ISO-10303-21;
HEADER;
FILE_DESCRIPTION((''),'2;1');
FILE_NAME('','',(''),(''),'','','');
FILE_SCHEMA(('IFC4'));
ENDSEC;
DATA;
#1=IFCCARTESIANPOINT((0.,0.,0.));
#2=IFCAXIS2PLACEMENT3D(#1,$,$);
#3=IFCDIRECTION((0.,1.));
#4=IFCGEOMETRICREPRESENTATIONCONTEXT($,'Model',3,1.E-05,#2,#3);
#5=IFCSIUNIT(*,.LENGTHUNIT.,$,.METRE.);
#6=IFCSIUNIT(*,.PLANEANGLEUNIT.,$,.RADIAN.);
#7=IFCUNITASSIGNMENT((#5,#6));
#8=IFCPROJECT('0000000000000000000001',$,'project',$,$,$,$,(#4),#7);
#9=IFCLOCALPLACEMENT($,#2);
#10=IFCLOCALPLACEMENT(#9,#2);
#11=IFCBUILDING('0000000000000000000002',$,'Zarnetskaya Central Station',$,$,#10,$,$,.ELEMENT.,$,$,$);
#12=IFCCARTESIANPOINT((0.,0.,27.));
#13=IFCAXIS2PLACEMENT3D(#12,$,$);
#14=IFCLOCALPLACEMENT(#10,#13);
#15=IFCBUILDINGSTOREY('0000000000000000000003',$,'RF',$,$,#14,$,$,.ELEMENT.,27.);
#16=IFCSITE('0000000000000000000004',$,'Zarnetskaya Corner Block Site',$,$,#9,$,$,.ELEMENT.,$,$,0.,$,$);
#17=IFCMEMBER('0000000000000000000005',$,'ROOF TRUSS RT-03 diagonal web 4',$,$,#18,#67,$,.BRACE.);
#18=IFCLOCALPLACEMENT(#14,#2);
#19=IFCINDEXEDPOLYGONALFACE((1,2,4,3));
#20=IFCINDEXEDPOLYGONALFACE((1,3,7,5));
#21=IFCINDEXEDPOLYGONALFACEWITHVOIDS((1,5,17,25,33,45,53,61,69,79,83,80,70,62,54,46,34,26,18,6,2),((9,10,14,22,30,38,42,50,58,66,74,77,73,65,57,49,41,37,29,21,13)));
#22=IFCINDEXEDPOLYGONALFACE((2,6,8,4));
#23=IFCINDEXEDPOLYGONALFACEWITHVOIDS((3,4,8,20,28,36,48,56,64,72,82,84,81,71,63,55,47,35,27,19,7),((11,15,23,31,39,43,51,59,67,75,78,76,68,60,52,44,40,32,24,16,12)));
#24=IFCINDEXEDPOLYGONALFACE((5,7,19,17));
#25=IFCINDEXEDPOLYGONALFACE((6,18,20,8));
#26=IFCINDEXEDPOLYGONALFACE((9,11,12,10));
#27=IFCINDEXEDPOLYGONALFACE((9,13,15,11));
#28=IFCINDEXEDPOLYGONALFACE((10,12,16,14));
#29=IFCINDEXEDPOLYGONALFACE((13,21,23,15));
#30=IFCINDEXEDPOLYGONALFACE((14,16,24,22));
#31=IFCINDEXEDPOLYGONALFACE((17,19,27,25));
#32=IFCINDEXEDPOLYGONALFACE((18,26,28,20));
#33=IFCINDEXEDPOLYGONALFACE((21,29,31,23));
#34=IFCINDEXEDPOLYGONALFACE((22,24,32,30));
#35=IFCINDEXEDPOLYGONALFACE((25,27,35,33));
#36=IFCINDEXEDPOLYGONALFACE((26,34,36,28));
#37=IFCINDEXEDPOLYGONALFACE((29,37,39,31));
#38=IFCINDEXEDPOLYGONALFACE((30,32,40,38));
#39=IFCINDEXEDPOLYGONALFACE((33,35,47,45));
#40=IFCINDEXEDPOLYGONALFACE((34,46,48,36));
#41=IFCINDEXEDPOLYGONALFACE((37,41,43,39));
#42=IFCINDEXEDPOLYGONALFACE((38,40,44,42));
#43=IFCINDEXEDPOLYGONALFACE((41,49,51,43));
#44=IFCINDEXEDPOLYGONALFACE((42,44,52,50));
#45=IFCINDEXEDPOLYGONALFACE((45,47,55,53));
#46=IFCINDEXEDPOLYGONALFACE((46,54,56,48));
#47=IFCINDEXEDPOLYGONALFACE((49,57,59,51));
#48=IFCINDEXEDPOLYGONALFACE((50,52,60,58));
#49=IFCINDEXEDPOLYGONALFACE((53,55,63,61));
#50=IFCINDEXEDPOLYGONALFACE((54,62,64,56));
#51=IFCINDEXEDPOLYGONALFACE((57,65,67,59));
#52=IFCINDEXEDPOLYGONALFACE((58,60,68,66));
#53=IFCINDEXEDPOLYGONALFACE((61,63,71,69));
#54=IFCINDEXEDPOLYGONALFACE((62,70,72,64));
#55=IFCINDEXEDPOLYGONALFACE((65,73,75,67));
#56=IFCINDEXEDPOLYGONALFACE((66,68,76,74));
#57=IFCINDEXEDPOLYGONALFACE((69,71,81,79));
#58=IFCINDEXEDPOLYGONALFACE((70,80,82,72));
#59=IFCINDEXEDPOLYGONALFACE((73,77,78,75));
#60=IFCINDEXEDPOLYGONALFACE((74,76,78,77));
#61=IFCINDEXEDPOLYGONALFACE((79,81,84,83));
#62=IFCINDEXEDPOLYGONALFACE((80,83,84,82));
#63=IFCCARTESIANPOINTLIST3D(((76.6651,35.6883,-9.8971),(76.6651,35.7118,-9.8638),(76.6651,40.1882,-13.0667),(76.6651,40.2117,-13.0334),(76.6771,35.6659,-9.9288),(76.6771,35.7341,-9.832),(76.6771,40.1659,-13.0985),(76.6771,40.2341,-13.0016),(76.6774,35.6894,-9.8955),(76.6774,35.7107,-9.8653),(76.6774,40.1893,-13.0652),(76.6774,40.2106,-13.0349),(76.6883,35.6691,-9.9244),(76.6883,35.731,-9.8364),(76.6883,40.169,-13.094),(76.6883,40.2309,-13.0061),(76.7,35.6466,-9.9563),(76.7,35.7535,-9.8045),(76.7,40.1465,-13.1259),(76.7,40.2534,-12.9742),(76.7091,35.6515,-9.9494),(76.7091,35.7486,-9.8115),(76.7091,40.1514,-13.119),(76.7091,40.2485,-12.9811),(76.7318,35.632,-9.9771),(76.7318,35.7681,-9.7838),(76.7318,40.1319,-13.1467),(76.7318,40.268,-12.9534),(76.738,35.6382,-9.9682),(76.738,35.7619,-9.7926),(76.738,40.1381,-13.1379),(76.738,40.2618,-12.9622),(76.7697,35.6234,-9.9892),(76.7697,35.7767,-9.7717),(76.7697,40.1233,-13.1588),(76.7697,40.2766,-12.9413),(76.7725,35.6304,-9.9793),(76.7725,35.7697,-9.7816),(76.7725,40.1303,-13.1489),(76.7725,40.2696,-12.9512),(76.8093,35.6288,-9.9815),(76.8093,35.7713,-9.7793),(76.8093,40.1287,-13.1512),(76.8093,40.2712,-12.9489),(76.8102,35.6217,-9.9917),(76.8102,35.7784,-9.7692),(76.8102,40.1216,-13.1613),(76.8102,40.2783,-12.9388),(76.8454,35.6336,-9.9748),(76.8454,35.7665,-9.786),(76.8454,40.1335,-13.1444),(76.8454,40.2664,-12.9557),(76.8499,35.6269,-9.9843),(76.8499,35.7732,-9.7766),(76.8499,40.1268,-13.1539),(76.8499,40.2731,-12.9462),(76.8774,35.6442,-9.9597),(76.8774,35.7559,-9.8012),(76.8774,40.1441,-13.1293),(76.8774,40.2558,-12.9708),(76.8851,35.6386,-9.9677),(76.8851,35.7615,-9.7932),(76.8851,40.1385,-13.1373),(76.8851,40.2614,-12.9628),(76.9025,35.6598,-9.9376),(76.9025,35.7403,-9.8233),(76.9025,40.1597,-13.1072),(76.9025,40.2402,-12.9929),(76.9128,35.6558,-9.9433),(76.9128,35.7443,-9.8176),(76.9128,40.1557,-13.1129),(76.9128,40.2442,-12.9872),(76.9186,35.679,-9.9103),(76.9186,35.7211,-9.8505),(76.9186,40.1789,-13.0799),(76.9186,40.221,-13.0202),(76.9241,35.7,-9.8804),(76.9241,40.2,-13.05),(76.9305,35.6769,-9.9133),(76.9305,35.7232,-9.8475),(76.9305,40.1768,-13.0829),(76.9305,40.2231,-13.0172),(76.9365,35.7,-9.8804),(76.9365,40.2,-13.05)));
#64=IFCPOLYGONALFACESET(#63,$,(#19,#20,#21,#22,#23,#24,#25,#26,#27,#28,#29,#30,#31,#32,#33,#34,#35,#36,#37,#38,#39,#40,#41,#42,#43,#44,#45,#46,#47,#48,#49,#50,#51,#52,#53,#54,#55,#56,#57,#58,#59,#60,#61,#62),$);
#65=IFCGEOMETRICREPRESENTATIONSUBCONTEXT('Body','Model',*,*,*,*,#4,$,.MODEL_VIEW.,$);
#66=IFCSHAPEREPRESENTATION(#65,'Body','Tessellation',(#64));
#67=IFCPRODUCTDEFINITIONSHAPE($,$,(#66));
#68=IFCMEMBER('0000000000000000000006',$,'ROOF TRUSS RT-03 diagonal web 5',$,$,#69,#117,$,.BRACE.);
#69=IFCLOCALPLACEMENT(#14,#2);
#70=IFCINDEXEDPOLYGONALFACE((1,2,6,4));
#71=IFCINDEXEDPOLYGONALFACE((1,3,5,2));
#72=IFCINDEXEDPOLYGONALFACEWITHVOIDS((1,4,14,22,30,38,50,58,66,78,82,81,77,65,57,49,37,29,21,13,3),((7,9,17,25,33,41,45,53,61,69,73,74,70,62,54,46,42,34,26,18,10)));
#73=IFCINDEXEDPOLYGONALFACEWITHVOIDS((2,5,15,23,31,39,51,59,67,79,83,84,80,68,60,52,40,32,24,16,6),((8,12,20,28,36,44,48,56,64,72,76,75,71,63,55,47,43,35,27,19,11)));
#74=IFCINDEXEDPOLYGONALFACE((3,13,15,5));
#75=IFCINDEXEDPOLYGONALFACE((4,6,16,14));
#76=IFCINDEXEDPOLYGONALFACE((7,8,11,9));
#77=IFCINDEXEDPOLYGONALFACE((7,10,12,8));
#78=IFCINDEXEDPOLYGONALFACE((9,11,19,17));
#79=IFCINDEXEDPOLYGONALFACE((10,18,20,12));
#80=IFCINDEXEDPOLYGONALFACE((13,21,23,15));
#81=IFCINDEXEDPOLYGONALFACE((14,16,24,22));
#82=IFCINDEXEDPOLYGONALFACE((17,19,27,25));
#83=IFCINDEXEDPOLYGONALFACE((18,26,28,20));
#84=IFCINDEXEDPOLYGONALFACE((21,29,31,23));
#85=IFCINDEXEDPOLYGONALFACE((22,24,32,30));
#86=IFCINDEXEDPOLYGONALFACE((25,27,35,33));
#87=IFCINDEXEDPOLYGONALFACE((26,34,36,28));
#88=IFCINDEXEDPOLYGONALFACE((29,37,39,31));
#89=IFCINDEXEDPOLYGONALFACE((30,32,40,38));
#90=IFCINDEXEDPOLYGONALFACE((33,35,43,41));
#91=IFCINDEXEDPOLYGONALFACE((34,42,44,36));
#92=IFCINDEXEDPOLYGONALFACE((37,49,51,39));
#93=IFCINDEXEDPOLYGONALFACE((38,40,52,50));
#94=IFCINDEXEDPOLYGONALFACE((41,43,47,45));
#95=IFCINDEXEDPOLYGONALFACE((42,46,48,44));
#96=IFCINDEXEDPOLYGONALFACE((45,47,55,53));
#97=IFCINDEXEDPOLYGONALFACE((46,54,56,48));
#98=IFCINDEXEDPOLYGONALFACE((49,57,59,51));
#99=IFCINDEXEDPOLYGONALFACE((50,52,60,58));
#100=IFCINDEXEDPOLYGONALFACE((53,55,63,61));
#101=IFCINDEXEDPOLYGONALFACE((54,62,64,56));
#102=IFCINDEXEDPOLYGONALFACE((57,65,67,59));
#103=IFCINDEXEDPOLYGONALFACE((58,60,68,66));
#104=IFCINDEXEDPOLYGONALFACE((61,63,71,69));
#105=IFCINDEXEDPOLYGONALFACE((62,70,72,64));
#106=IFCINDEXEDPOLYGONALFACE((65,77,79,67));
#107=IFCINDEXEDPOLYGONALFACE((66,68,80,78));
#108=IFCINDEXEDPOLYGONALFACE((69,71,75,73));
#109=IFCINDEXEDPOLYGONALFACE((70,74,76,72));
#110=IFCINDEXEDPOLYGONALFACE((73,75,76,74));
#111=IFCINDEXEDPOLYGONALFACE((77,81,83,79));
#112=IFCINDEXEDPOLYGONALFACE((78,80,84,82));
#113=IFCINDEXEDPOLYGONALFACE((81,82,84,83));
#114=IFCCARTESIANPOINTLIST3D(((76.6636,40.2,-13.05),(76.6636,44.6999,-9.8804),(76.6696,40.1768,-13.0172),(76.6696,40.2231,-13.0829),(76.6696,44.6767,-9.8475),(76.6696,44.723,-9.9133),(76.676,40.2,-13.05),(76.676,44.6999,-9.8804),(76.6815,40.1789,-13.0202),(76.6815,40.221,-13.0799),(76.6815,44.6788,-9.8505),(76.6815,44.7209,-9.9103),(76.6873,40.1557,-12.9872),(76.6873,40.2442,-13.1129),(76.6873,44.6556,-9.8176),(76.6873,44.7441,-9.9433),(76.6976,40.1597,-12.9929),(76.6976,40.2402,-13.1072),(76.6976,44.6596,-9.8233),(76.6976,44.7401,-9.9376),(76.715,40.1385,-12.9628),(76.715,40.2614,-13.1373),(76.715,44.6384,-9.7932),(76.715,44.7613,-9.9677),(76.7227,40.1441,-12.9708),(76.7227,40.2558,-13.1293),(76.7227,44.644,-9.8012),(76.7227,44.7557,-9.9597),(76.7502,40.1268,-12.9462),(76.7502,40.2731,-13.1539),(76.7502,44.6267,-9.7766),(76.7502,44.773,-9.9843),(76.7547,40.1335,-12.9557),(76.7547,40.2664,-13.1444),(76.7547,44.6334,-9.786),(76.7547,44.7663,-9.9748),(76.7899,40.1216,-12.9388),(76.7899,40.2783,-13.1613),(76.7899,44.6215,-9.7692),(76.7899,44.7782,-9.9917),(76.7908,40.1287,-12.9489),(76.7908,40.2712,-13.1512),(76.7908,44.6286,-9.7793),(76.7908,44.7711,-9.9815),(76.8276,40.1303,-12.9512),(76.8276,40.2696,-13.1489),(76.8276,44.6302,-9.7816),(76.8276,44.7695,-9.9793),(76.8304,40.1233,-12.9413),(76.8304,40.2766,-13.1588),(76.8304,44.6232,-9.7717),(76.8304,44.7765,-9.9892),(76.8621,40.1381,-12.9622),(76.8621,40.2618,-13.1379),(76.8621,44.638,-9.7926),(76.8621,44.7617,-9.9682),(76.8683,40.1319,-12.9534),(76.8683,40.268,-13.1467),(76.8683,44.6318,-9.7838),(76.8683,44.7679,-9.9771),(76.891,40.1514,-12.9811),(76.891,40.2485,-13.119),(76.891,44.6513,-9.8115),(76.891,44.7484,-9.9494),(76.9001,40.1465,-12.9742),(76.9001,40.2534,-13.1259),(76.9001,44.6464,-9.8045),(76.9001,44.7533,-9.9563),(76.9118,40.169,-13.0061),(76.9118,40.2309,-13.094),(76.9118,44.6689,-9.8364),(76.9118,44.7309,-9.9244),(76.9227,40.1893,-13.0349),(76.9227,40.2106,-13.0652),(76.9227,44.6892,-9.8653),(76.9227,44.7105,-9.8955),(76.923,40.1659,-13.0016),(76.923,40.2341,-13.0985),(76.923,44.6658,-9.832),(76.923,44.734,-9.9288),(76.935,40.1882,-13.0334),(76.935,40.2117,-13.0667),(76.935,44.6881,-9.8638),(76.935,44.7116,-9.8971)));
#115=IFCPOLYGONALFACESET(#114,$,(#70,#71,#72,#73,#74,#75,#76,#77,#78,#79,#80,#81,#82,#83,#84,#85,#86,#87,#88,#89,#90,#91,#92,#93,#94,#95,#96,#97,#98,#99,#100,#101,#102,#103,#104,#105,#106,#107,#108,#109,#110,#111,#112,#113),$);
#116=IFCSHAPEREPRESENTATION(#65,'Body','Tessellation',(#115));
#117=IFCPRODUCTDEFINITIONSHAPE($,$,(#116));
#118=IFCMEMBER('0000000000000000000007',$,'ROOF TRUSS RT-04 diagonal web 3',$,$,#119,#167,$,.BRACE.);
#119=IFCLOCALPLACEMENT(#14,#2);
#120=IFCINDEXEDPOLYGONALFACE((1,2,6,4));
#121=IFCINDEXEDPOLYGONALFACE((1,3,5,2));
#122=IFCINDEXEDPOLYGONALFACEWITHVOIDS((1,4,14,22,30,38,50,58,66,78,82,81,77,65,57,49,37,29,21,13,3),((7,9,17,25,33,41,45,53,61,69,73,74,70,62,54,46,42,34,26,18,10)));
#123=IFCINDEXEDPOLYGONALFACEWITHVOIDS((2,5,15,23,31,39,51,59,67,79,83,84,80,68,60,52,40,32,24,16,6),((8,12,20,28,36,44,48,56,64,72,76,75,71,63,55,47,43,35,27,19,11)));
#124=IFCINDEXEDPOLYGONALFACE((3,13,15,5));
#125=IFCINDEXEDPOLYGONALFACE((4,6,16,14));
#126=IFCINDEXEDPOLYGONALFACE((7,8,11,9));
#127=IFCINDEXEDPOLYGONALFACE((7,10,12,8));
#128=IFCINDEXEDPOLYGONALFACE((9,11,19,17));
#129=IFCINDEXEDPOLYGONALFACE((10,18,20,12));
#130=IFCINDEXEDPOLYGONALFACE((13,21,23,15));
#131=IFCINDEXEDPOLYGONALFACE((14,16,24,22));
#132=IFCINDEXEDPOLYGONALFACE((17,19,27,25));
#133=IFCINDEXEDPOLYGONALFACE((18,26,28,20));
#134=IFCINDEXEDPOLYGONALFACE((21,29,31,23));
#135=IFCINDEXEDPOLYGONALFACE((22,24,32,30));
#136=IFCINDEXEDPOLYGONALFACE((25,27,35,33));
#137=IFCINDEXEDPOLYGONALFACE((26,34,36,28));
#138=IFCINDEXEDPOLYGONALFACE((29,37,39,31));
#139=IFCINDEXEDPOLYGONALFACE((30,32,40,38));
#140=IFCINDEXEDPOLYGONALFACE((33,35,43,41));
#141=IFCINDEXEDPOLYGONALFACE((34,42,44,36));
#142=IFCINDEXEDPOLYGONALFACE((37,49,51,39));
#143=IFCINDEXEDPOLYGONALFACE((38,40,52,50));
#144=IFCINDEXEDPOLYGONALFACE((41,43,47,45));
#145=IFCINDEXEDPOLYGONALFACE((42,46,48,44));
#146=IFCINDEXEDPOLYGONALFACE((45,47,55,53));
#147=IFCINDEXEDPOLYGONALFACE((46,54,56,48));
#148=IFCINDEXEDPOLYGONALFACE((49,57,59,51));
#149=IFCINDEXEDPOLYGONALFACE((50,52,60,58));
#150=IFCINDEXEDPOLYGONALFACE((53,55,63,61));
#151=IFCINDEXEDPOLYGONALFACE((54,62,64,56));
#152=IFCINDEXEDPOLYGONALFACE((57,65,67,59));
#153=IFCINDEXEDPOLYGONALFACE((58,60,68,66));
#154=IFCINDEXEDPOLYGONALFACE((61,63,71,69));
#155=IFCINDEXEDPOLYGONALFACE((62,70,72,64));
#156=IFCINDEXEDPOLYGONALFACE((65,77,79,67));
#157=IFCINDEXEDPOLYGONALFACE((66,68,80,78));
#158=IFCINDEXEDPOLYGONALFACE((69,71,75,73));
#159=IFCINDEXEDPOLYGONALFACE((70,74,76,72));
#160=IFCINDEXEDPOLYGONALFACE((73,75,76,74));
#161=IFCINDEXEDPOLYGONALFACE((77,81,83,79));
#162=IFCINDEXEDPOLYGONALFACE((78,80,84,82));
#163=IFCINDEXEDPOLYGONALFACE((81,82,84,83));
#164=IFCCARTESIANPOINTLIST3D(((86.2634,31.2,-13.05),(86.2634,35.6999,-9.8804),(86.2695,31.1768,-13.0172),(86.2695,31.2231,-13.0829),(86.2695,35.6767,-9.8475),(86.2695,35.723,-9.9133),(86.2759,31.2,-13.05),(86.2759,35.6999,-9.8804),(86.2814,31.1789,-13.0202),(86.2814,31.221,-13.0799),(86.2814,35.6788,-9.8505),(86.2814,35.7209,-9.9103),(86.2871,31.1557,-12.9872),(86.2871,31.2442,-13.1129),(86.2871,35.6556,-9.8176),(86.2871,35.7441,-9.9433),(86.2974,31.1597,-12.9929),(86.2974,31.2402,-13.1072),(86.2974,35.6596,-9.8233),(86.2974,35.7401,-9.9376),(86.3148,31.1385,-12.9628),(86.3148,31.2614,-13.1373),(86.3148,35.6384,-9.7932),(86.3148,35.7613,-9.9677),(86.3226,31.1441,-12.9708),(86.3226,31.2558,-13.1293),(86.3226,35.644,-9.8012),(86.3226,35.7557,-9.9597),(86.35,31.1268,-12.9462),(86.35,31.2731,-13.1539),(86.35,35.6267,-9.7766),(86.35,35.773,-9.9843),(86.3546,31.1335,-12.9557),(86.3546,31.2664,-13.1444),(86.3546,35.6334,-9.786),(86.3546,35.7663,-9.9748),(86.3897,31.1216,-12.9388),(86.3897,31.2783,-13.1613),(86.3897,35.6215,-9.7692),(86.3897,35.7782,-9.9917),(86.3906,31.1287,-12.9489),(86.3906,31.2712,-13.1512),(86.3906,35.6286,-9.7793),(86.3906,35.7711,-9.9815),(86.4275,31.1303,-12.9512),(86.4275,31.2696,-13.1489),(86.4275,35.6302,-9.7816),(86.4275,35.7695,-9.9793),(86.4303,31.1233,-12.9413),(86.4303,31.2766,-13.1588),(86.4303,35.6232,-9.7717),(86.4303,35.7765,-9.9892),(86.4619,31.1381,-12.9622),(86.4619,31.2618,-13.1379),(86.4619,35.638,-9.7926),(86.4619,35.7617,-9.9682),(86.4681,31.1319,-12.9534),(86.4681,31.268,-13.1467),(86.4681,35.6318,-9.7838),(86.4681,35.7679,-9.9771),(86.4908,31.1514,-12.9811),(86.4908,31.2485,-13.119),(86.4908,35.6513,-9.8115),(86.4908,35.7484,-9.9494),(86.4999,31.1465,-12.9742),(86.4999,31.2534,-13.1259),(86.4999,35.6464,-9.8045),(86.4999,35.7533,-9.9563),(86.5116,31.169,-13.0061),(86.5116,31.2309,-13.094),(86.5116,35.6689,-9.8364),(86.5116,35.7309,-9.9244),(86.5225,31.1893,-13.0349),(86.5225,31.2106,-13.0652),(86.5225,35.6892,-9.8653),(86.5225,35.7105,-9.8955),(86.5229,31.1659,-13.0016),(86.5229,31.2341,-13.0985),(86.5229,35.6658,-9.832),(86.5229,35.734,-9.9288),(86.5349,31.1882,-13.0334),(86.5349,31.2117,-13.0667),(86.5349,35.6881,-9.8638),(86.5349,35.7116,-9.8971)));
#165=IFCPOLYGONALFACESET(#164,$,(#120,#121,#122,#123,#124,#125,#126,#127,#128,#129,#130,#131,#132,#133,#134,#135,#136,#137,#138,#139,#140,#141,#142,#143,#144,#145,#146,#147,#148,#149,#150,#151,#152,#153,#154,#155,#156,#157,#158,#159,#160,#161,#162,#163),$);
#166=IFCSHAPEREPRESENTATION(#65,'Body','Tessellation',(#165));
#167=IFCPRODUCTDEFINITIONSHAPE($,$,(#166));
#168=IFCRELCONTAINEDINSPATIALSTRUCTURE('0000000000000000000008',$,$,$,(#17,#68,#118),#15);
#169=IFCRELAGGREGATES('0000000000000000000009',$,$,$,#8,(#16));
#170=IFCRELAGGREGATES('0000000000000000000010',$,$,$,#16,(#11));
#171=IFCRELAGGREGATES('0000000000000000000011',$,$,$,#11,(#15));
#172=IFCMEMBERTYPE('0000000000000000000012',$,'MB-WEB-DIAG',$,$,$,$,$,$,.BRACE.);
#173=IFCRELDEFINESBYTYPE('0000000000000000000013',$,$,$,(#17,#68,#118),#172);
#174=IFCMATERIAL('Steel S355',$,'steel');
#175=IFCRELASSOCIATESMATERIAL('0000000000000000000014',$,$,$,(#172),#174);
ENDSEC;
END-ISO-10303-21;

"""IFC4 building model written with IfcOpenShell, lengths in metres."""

from ifc_helpers import new_model, si_unit, direction, frame, origin, origin_2d, place, context, subcontext, project, spatial, hollow_circle, extrude, material, material_profile, profile_set, type_object, element, save


model = new_model("IFC4")

# Units and contexts
model_context = context("Model", 3, precision=1e-05, world=origin(), true_north=direction((0.0, 1.0)))
body_context = subcontext(model_context, "Body", "Model", "MODEL_VIEW")
ifc_project = project(units=[si_unit("LENGTHUNIT", "METRE"), si_unit("PLANEANGLEUNIT", "RADIAN")], contexts=[model_context])

# Site, building, storey
site_placement = place(None, origin())
site = spatial("IfcSite", under=ifc_project, at=site_placement, Name="Zarnetskaya Corner Block Site", CompositionType="ELEMENT", RefElevation=0.0)
building_placement = place(site_placement, origin())
building = spatial("IfcBuilding", under=site, at=building_placement, Name="Zarnetskaya Central Station", CompositionType="ELEMENT")
storey_placement = place(building_placement, frame((0.0, 0.0, 27.0)))
storey = spatial("IfcBuildingStorey", under=building, at=storey_placement, Name="RF", CompositionType="ELEMENT", Elevation=27.0)

# Shared definitions
ifc_material = material(Name="Steel S355", Category="steel")

# Members
ifc_material_profile_1 = material_profile(ifc_material, hollow_circle(Radius=0.1365, WallThickness=0.0125, at=origin_2d()), Name="CHS 273x12.5")
ifc_profile_set_1 = profile_set([ifc_material_profile_1], Name="Steel S355")
member_type_1 = type_object("IfcMemberType", Name="MB-WEB-DIAG", PredefinedType="BRACE", material=ifc_profile_set_1)
for number, where, z_axis, x_axis, name in (
    (1, (76.8, 40.2, -13.05), (0.0, -0.817549, 0.575859), (1.0, 0.0, 0.0), "ROOF TRUSS RT-03 diagonal web 4"),
    (2, (76.8, 40.2, -13.05), (0.0, 0.817549, 0.575859), (-1.0, 0.0, 0.0), "ROOF TRUSS RT-03 diagonal web 5"),
    (3, (86.3999, 31.2, -13.05), (0.0, 0.817549, 0.575859), (-1.0, 0.0, 0.0), "ROOF TRUSS RT-04 diagonal web 3"),
):
    element("IfcMember", number, at=place(storey_placement, frame(where, z_axis=z_axis, x_axis=x_axis)), inside=storey, type_object=member_type_1, Name=name, PredefinedType="BRACE", context=body_context, shape_type="SweptSolid", body=[
        extrude(hollow_circle(Radius=0.1365, WallThickness=0.0125, at=origin_2d()), origin(), (0.0, 0.0, 1.0), 5.5042),
    ])

save(model, "model.ifc")
